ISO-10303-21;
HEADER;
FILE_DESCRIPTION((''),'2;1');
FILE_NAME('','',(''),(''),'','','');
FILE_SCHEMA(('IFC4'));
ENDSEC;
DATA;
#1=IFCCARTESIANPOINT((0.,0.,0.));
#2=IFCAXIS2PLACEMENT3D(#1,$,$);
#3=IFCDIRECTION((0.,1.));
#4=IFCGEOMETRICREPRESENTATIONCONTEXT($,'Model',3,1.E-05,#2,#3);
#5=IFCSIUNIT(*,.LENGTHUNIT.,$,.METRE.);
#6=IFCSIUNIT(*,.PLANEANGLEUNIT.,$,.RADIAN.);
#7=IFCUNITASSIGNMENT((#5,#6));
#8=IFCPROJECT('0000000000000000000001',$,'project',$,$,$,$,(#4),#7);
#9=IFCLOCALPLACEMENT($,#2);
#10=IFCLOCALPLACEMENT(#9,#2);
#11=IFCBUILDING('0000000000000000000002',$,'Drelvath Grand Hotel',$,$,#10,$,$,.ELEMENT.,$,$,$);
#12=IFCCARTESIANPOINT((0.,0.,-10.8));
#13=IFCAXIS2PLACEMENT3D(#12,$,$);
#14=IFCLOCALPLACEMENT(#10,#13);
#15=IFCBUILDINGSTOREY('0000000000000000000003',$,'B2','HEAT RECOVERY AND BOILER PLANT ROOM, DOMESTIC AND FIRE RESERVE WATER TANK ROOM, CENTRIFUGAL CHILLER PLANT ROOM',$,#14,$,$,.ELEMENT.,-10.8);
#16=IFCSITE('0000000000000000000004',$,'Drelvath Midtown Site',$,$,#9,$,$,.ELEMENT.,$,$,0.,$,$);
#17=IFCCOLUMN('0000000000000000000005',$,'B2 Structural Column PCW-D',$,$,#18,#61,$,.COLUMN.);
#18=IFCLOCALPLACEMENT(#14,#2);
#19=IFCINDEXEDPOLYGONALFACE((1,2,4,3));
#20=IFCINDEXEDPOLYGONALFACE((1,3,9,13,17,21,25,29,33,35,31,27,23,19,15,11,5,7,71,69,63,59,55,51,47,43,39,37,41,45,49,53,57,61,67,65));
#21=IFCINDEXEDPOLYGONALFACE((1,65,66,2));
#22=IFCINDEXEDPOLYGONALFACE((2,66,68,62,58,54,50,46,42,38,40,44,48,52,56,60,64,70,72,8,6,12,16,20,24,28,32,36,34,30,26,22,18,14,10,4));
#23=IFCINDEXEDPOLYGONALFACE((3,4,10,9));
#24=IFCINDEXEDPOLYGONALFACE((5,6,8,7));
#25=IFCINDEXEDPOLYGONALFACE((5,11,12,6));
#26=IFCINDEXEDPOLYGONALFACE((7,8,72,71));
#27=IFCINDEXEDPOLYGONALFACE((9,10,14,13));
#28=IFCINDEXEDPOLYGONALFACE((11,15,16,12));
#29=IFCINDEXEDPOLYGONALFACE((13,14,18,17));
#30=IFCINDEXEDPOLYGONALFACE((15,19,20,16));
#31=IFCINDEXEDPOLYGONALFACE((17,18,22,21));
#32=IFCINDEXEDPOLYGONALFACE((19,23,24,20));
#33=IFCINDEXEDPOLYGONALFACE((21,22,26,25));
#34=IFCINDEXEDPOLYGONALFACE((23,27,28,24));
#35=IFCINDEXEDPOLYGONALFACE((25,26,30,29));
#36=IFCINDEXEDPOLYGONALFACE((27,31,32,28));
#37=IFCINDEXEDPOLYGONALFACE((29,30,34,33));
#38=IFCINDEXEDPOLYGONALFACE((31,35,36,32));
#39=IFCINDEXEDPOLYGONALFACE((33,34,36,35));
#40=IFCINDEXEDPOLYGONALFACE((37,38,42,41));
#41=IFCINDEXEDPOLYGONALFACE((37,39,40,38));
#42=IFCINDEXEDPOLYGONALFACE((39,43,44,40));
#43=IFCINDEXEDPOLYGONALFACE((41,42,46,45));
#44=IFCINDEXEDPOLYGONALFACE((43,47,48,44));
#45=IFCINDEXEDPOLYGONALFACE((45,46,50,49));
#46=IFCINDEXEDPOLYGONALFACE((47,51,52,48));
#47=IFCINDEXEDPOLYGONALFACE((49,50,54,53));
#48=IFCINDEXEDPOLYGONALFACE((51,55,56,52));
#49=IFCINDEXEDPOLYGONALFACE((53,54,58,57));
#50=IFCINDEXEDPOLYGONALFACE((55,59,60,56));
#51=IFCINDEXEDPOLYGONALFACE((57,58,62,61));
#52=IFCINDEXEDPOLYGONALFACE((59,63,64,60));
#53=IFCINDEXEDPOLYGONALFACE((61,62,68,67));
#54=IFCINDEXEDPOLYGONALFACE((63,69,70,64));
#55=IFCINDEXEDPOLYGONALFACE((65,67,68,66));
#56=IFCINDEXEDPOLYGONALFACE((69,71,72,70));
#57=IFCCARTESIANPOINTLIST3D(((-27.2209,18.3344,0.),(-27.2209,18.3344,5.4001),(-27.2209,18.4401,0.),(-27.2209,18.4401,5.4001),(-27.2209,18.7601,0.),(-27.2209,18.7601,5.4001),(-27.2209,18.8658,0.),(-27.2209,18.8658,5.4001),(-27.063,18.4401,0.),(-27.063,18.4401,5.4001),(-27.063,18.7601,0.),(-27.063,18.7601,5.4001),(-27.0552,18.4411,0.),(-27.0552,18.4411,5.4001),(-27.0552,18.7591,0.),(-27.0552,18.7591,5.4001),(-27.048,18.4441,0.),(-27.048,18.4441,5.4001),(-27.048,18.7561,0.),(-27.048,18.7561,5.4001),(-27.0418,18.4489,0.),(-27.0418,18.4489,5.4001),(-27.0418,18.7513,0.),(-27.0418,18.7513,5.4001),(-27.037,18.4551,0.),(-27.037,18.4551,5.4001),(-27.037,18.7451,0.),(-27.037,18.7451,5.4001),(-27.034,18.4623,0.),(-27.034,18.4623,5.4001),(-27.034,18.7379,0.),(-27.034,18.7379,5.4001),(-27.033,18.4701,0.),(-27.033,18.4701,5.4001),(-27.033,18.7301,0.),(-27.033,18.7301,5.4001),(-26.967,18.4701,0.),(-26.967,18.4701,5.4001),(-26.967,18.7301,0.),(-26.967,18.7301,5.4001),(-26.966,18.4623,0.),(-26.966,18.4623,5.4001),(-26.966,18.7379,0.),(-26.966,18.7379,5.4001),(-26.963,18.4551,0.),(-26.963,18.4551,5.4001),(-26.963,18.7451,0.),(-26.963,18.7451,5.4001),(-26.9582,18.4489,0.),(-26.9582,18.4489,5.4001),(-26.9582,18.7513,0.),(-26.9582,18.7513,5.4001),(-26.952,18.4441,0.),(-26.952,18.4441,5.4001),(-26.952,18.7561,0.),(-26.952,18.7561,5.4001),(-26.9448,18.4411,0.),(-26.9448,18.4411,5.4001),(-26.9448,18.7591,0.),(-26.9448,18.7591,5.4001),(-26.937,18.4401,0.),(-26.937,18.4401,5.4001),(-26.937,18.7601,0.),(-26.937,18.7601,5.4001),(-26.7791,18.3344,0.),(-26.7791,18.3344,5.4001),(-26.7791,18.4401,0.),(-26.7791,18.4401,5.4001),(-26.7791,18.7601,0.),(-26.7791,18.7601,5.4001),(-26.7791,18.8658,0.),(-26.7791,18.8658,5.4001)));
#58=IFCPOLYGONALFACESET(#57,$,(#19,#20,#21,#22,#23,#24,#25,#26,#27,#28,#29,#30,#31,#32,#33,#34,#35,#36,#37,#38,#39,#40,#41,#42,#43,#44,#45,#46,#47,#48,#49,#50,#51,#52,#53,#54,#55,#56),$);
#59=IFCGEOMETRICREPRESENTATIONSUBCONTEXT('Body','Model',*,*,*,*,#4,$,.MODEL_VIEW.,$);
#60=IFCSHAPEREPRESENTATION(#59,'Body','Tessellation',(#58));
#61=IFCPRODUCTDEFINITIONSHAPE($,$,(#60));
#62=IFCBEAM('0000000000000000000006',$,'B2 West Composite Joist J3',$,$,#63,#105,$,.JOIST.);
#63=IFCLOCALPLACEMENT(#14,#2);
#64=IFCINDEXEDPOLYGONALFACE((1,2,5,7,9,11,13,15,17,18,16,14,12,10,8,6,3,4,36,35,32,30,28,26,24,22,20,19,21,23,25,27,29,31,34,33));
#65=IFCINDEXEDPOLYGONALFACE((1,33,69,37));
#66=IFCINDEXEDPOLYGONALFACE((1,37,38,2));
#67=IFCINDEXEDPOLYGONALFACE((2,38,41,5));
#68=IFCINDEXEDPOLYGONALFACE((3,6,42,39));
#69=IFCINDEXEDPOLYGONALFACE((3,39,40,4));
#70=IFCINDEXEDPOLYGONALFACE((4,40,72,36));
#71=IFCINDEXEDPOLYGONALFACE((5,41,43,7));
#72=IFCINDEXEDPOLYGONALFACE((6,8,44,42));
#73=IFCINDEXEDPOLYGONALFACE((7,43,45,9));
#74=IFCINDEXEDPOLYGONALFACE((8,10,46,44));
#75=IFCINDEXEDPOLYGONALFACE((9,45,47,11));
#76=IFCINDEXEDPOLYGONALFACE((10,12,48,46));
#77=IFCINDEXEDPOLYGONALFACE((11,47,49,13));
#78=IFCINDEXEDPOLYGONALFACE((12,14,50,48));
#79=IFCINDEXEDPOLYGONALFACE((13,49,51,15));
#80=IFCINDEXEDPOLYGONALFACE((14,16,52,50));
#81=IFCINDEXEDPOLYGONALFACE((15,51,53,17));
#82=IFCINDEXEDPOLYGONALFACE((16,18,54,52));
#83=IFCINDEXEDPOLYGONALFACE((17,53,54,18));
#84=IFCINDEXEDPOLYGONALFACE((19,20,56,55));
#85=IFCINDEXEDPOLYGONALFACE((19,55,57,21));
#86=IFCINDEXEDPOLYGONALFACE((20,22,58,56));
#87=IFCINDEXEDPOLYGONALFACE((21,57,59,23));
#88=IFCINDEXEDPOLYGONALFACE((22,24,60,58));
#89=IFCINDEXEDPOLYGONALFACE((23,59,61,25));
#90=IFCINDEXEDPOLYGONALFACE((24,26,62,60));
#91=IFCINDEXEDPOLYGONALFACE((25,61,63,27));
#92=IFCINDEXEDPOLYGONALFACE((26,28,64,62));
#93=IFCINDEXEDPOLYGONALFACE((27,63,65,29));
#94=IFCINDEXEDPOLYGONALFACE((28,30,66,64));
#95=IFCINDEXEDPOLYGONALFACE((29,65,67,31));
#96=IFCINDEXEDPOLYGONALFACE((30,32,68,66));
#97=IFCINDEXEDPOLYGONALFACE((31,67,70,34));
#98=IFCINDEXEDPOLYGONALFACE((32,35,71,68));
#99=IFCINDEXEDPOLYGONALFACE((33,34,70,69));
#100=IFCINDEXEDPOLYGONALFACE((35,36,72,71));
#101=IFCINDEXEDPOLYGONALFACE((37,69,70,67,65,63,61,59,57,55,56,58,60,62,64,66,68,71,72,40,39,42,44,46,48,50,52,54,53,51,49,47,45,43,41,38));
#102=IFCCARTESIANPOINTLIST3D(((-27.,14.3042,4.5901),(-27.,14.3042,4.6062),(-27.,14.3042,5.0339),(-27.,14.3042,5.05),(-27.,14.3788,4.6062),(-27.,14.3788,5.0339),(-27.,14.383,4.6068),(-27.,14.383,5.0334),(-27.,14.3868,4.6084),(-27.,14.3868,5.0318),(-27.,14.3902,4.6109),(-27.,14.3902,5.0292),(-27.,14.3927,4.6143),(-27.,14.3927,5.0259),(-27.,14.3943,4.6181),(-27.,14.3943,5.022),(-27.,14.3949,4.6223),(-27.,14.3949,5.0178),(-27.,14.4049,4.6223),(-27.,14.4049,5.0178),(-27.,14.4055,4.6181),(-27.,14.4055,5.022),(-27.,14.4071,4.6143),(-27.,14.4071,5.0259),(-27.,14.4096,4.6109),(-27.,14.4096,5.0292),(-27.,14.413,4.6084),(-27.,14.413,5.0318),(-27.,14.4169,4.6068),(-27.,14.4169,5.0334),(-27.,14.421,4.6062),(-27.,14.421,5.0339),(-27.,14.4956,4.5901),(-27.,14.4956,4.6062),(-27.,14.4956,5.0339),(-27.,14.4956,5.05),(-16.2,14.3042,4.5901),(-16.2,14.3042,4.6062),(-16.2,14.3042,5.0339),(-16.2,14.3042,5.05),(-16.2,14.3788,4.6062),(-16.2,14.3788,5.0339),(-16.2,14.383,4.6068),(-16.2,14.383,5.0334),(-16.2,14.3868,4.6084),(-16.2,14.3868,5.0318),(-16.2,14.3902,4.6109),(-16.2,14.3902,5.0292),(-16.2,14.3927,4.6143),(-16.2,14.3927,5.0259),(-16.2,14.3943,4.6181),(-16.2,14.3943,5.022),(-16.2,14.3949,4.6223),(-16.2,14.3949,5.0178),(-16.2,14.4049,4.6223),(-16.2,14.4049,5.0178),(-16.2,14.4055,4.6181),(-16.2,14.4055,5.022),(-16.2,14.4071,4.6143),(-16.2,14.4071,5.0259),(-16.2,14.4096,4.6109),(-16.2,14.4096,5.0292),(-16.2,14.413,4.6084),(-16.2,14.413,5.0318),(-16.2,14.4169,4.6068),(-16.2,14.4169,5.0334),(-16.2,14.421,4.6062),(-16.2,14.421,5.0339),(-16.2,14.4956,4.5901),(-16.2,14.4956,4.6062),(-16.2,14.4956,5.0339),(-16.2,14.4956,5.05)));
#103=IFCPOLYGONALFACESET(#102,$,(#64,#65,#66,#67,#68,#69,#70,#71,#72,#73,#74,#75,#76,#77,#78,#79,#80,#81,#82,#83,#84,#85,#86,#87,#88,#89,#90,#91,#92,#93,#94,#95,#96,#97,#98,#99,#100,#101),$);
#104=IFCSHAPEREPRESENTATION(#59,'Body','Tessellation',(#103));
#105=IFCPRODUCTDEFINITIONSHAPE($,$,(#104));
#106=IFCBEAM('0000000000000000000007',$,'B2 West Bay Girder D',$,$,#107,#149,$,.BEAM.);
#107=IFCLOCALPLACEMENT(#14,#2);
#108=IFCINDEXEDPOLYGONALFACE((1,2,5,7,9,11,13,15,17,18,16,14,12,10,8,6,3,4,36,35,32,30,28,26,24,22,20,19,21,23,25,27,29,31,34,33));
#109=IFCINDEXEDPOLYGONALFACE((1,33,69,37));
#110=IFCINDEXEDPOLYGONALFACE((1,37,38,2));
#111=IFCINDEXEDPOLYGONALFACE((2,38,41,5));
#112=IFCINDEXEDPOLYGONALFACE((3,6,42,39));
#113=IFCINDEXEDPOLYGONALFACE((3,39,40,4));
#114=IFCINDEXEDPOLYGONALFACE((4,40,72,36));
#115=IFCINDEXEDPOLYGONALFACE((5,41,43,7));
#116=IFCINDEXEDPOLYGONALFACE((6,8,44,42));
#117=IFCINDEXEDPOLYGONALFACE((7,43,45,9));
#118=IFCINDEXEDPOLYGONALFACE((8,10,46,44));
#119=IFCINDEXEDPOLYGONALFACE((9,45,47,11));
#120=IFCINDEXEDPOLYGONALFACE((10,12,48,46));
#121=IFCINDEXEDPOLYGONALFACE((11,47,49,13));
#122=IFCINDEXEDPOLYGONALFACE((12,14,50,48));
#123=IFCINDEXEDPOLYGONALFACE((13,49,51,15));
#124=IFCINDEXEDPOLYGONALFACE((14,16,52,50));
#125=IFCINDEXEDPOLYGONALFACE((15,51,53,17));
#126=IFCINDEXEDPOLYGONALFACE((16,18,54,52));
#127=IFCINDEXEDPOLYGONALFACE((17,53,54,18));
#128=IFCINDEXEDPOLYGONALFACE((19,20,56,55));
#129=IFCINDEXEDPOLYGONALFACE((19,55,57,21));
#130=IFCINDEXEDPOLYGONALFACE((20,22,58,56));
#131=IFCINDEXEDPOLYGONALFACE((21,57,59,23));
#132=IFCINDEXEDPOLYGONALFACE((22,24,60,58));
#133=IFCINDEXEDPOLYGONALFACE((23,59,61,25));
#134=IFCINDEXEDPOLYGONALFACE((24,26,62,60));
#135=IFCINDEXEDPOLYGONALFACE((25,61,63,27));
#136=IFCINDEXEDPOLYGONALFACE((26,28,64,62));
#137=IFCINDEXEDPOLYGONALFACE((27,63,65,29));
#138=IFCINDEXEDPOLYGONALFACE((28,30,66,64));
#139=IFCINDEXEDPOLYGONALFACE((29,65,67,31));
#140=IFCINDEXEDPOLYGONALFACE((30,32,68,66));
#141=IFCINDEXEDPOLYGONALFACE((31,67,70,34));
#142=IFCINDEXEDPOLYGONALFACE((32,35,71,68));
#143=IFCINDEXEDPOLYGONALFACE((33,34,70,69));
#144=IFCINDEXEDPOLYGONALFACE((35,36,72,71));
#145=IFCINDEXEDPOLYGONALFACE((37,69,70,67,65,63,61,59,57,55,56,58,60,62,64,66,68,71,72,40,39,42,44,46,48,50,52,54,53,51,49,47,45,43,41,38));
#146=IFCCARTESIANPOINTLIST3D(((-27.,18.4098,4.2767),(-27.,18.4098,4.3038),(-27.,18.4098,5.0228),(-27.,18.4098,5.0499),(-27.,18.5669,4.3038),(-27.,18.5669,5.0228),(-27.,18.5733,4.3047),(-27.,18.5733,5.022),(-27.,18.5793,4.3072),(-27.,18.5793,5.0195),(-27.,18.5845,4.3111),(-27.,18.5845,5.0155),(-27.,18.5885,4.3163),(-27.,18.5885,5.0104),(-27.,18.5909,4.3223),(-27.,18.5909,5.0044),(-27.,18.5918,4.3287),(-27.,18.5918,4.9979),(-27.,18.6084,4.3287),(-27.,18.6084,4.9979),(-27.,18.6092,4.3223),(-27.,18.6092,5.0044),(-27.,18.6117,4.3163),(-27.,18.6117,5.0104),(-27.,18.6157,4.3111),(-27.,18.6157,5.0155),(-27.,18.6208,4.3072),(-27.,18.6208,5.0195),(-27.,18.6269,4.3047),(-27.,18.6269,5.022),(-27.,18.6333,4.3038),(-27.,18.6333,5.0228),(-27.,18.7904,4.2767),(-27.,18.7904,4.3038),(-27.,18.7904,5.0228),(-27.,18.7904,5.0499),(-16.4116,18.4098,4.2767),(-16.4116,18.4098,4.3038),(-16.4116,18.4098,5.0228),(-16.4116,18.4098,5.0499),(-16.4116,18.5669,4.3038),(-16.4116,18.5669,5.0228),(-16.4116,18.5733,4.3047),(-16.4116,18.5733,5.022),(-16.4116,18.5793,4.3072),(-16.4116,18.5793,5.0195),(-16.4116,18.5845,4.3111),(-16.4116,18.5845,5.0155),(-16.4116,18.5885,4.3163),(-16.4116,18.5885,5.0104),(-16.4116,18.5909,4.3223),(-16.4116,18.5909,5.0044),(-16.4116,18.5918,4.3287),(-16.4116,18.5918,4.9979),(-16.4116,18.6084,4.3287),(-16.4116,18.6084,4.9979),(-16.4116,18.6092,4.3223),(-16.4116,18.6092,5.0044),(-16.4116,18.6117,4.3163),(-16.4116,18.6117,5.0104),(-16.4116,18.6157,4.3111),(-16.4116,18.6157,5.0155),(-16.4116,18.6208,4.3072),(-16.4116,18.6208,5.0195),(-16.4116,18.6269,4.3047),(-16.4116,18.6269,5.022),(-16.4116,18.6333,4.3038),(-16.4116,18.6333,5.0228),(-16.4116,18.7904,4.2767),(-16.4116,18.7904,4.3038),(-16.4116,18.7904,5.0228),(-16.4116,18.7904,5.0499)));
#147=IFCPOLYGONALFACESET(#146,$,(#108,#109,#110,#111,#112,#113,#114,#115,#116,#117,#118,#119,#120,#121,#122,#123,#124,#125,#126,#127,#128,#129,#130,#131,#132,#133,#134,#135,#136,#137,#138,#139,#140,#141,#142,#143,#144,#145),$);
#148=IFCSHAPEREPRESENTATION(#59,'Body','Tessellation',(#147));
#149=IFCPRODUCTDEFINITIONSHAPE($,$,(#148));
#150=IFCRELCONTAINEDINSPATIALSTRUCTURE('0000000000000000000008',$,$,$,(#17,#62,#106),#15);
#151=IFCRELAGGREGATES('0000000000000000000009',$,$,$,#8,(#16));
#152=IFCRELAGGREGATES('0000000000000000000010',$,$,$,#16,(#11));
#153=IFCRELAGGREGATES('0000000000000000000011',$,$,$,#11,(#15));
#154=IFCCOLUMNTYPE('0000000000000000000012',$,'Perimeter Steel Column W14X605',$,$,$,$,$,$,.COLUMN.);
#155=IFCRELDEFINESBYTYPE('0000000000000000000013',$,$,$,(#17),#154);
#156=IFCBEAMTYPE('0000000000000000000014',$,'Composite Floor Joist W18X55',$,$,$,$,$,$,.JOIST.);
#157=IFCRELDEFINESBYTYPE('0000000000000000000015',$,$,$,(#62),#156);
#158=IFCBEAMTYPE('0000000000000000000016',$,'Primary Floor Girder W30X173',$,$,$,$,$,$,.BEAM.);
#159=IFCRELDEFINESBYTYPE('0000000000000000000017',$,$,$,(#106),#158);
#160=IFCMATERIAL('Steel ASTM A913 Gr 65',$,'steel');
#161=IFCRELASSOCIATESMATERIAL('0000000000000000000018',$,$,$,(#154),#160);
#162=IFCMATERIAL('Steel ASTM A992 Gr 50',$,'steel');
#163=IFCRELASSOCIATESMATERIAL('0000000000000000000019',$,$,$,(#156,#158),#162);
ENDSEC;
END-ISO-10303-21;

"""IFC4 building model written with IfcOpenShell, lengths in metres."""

from ifc_helpers import new_model, si_unit, direction, frame, origin, origin_2d, place, context, subcontext, project, spatial, i_section, extrude, material, material_profile, profile_set, type_object, element, save


model = new_model("IFC4")

# Units and contexts
model_context = context("Model", 3, precision=1e-05, world=origin(), true_north=direction((0.0, 1.0)))
body_context = subcontext(model_context, "Body", "Model", "MODEL_VIEW")
ifc_project = project(units=[si_unit("LENGTHUNIT", "METRE"), si_unit("PLANEANGLEUNIT", "RADIAN")], contexts=[model_context])

# Site, building, storey
site_placement = place(None, origin())
site = spatial("IfcSite", under=ifc_project, at=site_placement, Name="Drelvath Midtown Site", CompositionType="ELEMENT", RefElevation=0.0)
building_placement = place(site_placement, origin())
building = spatial("IfcBuilding", under=site, at=building_placement, Name="Drelvath Grand Hotel", CompositionType="ELEMENT")
storey_placement = place(building_placement, frame((0.0, 0.0, -10.8)))
storey = spatial("IfcBuildingStorey", under=building, at=storey_placement, Name="B2", Description="HEAT RECOVERY AND BOILER PLANT ROOM, DOMESTIC AND FIRE RESERVE WATER TANK ROOM, CENTRIFUGAL CHILLER PLANT ROOM", CompositionType="ELEMENT", Elevation=-10.8)

# Column
ifc_material_1 = material(Name="Steel ASTM A913 Gr 65", Category="steel")
ifc_material_profile_1 = material_profile(ifc_material_1, i_section(OverallWidth=0.4419, OverallDepth=0.5315, WebThickness=0.0659, FlangeThickness=0.1057, FilletRadius=0.03, at=origin_2d()), Name="W14X605")
ifc_profile_set_1 = profile_set([ifc_material_profile_1], Name="Steel ASTM A913 Gr 65")
column_type = type_object("IfcColumnType", Name="Perimeter Steel Column W14X605", PredefinedType="COLUMN", material=ifc_profile_set_1)
for number, where, z_axis, x_axis, name in (
    (1, (-27.0, 18.6001, 0.0), (0.0, 0.0, 1.0), (1.0, 0.0, 0.0), "B2 Structural Column PCW-D"),
):
    element("IfcColumn", number, at=place(storey_placement, frame(where, z_axis=z_axis, x_axis=x_axis)), inside=storey, type_object=column_type, Name=name, PredefinedType="COLUMN", context=body_context, shape_type="SweptSolid", body=[
        extrude(i_section(OverallWidth=0.4419, OverallDepth=0.5315, WebThickness=0.0659, FlangeThickness=0.1057, FilletRadius=0.03, at=origin_2d()), origin(), (0.0, 0.0, 1.0), 5.4001),
    ])

# Beams
ifc_material_2 = material(Name="Steel ASTM A992 Gr 50", Category="steel")
ifc_material_profile_2 = material_profile(ifc_material_2, i_section(OverallWidth=0.1914, OverallDepth=0.46, WebThickness=0.01, FlangeThickness=0.0161, FilletRadius=0.0161, at=origin_2d()), Name="W18X55")
ifc_profile_set_2 = profile_set([ifc_material_profile_2], Name="Steel ASTM A992 Gr 50")
beam_type_1 = type_object("IfcBeamType", Name="Composite Floor Joist W18X55", PredefinedType="JOIST", material=ifc_profile_set_2)
beam_1_placement = place(storey_placement, frame((-27.0, 14.3999, 4.8201), z_axis=(1.0, 0.0, 0.0), x_axis=(0.0, 1.0, 0.0)))
element("IfcBeam", 2, at=beam_1_placement, inside=storey, type_object=beam_type_1, Name="B2 West Composite Joist J3", PredefinedType="JOIST", context=body_context, shape_type="SweptSolid", body=[
    extrude(i_section(OverallWidth=0.1914, OverallDepth=0.46, WebThickness=0.01, FlangeThickness=0.0161, FilletRadius=0.0161, at=origin_2d()), origin(), (0.0, 0.0, 1.0), 10.8),
])
ifc_material_profile_3 = material_profile(ifc_material_2, i_section(OverallWidth=0.3806, OverallDepth=0.7732, WebThickness=0.0166, FlangeThickness=0.0271, FilletRadius=0.0249, at=origin_2d()), Name="W30X173")
ifc_profile_set_3 = profile_set([ifc_material_profile_3], Name="Steel ASTM A992 Gr 50")
beam_type_2 = type_object("IfcBeamType", Name="Primary Floor Girder W30X173", PredefinedType="BEAM", material=ifc_profile_set_3)
beam_2_placement = place(storey_placement, frame((-27.0, 18.6001, 4.6633), z_axis=(1.0, 0.0, 0.0), x_axis=(0.0, 1.0, 0.0)))
element("IfcBeam", 3, at=beam_2_placement, inside=storey, type_object=beam_type_2, Name="B2 West Bay Girder D", PredefinedType="BEAM", context=body_context, shape_type="SweptSolid", body=[
    extrude(i_section(OverallWidth=0.3806, OverallDepth=0.7732, WebThickness=0.0166, FlangeThickness=0.0271, FilletRadius=0.0249, at=origin_2d()), origin(), (0.0, 0.0, 1.0), 10.5884),
])

save(model, "model.ifc")
